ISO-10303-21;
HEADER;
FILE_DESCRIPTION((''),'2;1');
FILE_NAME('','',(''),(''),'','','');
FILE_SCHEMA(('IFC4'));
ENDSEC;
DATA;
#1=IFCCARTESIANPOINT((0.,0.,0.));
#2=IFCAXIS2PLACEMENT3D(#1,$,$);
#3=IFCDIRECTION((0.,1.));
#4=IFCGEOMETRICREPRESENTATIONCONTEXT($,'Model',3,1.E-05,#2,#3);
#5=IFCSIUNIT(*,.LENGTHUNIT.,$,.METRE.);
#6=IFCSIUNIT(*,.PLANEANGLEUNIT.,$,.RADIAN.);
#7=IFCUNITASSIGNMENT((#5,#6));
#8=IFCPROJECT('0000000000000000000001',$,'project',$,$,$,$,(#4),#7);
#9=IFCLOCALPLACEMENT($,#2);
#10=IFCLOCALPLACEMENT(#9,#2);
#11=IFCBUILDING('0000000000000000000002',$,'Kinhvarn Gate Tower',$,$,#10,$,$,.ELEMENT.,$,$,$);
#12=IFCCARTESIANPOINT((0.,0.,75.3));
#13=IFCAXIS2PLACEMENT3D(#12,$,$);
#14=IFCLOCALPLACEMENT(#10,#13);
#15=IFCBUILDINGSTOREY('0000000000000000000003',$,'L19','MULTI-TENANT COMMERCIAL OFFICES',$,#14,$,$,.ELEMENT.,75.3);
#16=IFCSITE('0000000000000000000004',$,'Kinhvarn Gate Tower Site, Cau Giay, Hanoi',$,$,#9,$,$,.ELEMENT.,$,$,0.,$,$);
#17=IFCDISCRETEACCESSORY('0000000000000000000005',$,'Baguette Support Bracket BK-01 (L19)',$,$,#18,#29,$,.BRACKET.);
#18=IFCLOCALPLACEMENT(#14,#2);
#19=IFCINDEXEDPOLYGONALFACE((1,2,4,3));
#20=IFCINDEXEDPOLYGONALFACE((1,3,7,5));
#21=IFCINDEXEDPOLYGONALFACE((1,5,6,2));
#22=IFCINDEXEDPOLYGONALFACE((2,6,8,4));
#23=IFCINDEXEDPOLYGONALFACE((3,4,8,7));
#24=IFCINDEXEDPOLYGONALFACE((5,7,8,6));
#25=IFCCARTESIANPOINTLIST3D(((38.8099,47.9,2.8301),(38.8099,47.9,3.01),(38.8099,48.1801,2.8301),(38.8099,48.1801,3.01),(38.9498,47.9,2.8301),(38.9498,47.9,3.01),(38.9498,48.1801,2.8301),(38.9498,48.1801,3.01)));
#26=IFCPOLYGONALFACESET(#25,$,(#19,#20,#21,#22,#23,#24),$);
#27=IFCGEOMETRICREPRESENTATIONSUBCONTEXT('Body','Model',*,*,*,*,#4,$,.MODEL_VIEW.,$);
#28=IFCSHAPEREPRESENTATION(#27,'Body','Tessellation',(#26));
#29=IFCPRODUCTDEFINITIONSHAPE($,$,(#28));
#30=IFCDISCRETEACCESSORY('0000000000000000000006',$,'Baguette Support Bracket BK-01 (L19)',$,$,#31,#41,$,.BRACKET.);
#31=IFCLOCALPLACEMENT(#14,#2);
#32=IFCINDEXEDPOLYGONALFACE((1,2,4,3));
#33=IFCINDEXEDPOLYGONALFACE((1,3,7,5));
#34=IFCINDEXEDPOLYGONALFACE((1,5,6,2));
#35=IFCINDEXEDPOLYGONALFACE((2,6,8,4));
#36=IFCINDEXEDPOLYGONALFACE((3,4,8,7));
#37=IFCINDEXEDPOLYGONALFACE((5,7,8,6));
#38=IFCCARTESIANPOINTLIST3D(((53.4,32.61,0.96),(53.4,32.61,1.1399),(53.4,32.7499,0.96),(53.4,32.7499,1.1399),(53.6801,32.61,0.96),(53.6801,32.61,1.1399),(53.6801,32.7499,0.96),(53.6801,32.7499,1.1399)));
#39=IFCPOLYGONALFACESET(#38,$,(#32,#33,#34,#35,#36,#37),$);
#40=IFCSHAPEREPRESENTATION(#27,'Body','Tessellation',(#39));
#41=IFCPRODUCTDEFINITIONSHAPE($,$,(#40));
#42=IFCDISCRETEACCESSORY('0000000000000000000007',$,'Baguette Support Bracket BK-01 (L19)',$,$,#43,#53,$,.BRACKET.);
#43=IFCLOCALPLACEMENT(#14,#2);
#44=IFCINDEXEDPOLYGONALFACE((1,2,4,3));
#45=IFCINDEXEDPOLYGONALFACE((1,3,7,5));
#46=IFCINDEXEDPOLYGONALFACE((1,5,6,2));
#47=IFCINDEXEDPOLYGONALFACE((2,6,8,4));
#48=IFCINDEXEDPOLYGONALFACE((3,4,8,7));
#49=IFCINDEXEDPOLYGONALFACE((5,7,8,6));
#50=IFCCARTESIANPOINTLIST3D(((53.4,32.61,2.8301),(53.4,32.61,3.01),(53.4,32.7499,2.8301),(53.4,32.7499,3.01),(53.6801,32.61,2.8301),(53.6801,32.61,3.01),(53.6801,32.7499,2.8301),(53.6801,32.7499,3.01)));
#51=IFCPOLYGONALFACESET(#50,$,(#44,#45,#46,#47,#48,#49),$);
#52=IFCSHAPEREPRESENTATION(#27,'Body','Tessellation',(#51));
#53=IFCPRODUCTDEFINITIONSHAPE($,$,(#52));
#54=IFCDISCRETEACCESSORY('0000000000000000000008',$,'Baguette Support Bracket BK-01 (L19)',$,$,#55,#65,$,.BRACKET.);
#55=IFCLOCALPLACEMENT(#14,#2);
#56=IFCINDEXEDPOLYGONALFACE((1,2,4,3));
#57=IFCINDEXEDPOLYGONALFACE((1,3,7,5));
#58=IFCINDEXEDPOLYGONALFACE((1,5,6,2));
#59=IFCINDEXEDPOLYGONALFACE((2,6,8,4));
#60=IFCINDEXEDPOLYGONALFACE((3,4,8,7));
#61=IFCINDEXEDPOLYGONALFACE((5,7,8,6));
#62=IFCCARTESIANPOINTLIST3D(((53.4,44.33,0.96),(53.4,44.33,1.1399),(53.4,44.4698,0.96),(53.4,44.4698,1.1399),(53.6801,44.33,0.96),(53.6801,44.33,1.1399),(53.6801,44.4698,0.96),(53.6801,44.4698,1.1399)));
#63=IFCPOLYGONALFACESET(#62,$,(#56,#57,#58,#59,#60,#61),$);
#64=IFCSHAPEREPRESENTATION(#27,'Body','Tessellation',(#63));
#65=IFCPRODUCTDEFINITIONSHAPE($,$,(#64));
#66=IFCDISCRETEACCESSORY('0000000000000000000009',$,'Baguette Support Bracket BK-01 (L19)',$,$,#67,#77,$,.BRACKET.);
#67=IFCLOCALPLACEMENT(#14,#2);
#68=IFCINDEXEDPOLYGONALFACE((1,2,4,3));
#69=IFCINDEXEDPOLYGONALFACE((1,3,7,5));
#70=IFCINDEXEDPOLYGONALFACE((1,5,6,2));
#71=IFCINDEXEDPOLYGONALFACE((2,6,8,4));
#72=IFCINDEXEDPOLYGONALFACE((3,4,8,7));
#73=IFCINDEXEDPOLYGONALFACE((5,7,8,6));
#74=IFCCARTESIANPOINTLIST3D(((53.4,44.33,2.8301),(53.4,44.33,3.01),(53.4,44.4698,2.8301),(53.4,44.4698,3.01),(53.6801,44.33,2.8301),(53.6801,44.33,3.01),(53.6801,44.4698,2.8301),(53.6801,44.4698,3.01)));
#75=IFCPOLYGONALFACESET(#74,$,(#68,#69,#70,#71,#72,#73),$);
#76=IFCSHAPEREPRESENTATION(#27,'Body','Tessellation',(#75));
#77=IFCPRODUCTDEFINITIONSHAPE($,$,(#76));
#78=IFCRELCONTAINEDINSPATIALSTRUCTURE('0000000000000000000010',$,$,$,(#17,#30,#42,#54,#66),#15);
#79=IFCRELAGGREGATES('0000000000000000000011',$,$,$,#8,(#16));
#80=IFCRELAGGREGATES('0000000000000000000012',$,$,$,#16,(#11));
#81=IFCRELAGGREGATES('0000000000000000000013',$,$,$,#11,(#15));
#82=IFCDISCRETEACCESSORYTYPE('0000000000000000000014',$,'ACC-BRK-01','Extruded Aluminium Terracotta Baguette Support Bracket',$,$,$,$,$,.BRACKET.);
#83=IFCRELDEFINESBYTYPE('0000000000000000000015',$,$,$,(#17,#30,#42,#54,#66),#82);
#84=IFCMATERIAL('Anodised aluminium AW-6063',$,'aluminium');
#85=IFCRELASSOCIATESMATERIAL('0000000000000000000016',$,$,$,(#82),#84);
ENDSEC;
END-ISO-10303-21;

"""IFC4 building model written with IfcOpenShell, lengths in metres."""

from ifc_helpers import new_model, si_unit, direction, frame, origin, origin_2d, place, context, subcontext, project, spatial, rectangle, extrude, material, type_object, element, save


model = new_model("IFC4")

# Units and contexts
model_context = context("Model", 3, precision=1e-05, world=origin(), true_north=direction((0.0, 1.0)))
body_context = subcontext(model_context, "Body", "Model", "MODEL_VIEW")
ifc_project = project(units=[si_unit("LENGTHUNIT", "METRE"), si_unit("PLANEANGLEUNIT", "RADIAN")], contexts=[model_context])

# Site, building, storey
site_placement = place(None, origin())
site = spatial("IfcSite", under=ifc_project, at=site_placement, Name="Kinhvarn Gate Tower Site, Cau Giay, Hanoi", CompositionType="ELEMENT", RefElevation=0.0)
building_placement = place(site_placement, origin())
building = spatial("IfcBuilding", under=site, at=building_placement, Name="Kinhvarn Gate Tower", CompositionType="ELEMENT")
storey_placement = place(building_placement, frame((0.0, 0.0, 75.3)))
storey = spatial("IfcBuildingStorey", under=building, at=storey_placement, Name="L19", Description="MULTI-TENANT COMMERCIAL OFFICES", CompositionType="ELEMENT", Elevation=75.3)

# Shared definitions
ifc_material_1 = material(Name="Anodised aluminium AW-6063", Category="aluminium")

# Discrete accessories
discrete_accessory_type = type_object("IfcDiscreteAccessoryType", Name="ACC-BRK-01", Description="Extruded Aluminium Terracotta Baguette Support Bracket", PredefinedType="BRACKET", material=ifc_material_1)
for number, where, z_axis, x_axis, name in (
    (1, (38.8799, 48.04, 2.8301), (0.0, 0.0, 1.0), (-1.0, 0.0, 0.0), "Baguette Support Bracket BK-01 (L19)"),
    (2, (53.54, 32.6799, 0.96), (0.0, 0.0, 1.0), (0.0, 1.0, 0.0), "Baguette Support Bracket BK-01 (L19)"),
    (3, (53.54, 32.6799, 2.8301), (0.0, 0.0, 1.0), (0.0, 1.0, 0.0), "Baguette Support Bracket BK-01 (L19)"),
    (4, (53.54, 44.3999, 0.96), (0.0, 0.0, 1.0), (0.0, 1.0, 0.0), "Baguette Support Bracket BK-01 (L19)"),
    (5, (53.54, 44.3999, 2.8301), (0.0, 0.0, 1.0), (0.0, 1.0, 0.0), "Baguette Support Bracket BK-01 (L19)"),
):
    element("IfcDiscreteAccessory", number, at=place(storey_placement, frame(where, z_axis=z_axis, x_axis=x_axis)), inside=storey, type_object=discrete_accessory_type, Name=name, PredefinedType="BRACKET", context=body_context, shape_type="SweptSolid", body=[
        extrude(rectangle(XDim=0.1399, YDim=0.28, at=origin_2d()), origin(), (0.0, 0.0, 1.0), 0.1799),
    ])

save(model, "model.ifc")
